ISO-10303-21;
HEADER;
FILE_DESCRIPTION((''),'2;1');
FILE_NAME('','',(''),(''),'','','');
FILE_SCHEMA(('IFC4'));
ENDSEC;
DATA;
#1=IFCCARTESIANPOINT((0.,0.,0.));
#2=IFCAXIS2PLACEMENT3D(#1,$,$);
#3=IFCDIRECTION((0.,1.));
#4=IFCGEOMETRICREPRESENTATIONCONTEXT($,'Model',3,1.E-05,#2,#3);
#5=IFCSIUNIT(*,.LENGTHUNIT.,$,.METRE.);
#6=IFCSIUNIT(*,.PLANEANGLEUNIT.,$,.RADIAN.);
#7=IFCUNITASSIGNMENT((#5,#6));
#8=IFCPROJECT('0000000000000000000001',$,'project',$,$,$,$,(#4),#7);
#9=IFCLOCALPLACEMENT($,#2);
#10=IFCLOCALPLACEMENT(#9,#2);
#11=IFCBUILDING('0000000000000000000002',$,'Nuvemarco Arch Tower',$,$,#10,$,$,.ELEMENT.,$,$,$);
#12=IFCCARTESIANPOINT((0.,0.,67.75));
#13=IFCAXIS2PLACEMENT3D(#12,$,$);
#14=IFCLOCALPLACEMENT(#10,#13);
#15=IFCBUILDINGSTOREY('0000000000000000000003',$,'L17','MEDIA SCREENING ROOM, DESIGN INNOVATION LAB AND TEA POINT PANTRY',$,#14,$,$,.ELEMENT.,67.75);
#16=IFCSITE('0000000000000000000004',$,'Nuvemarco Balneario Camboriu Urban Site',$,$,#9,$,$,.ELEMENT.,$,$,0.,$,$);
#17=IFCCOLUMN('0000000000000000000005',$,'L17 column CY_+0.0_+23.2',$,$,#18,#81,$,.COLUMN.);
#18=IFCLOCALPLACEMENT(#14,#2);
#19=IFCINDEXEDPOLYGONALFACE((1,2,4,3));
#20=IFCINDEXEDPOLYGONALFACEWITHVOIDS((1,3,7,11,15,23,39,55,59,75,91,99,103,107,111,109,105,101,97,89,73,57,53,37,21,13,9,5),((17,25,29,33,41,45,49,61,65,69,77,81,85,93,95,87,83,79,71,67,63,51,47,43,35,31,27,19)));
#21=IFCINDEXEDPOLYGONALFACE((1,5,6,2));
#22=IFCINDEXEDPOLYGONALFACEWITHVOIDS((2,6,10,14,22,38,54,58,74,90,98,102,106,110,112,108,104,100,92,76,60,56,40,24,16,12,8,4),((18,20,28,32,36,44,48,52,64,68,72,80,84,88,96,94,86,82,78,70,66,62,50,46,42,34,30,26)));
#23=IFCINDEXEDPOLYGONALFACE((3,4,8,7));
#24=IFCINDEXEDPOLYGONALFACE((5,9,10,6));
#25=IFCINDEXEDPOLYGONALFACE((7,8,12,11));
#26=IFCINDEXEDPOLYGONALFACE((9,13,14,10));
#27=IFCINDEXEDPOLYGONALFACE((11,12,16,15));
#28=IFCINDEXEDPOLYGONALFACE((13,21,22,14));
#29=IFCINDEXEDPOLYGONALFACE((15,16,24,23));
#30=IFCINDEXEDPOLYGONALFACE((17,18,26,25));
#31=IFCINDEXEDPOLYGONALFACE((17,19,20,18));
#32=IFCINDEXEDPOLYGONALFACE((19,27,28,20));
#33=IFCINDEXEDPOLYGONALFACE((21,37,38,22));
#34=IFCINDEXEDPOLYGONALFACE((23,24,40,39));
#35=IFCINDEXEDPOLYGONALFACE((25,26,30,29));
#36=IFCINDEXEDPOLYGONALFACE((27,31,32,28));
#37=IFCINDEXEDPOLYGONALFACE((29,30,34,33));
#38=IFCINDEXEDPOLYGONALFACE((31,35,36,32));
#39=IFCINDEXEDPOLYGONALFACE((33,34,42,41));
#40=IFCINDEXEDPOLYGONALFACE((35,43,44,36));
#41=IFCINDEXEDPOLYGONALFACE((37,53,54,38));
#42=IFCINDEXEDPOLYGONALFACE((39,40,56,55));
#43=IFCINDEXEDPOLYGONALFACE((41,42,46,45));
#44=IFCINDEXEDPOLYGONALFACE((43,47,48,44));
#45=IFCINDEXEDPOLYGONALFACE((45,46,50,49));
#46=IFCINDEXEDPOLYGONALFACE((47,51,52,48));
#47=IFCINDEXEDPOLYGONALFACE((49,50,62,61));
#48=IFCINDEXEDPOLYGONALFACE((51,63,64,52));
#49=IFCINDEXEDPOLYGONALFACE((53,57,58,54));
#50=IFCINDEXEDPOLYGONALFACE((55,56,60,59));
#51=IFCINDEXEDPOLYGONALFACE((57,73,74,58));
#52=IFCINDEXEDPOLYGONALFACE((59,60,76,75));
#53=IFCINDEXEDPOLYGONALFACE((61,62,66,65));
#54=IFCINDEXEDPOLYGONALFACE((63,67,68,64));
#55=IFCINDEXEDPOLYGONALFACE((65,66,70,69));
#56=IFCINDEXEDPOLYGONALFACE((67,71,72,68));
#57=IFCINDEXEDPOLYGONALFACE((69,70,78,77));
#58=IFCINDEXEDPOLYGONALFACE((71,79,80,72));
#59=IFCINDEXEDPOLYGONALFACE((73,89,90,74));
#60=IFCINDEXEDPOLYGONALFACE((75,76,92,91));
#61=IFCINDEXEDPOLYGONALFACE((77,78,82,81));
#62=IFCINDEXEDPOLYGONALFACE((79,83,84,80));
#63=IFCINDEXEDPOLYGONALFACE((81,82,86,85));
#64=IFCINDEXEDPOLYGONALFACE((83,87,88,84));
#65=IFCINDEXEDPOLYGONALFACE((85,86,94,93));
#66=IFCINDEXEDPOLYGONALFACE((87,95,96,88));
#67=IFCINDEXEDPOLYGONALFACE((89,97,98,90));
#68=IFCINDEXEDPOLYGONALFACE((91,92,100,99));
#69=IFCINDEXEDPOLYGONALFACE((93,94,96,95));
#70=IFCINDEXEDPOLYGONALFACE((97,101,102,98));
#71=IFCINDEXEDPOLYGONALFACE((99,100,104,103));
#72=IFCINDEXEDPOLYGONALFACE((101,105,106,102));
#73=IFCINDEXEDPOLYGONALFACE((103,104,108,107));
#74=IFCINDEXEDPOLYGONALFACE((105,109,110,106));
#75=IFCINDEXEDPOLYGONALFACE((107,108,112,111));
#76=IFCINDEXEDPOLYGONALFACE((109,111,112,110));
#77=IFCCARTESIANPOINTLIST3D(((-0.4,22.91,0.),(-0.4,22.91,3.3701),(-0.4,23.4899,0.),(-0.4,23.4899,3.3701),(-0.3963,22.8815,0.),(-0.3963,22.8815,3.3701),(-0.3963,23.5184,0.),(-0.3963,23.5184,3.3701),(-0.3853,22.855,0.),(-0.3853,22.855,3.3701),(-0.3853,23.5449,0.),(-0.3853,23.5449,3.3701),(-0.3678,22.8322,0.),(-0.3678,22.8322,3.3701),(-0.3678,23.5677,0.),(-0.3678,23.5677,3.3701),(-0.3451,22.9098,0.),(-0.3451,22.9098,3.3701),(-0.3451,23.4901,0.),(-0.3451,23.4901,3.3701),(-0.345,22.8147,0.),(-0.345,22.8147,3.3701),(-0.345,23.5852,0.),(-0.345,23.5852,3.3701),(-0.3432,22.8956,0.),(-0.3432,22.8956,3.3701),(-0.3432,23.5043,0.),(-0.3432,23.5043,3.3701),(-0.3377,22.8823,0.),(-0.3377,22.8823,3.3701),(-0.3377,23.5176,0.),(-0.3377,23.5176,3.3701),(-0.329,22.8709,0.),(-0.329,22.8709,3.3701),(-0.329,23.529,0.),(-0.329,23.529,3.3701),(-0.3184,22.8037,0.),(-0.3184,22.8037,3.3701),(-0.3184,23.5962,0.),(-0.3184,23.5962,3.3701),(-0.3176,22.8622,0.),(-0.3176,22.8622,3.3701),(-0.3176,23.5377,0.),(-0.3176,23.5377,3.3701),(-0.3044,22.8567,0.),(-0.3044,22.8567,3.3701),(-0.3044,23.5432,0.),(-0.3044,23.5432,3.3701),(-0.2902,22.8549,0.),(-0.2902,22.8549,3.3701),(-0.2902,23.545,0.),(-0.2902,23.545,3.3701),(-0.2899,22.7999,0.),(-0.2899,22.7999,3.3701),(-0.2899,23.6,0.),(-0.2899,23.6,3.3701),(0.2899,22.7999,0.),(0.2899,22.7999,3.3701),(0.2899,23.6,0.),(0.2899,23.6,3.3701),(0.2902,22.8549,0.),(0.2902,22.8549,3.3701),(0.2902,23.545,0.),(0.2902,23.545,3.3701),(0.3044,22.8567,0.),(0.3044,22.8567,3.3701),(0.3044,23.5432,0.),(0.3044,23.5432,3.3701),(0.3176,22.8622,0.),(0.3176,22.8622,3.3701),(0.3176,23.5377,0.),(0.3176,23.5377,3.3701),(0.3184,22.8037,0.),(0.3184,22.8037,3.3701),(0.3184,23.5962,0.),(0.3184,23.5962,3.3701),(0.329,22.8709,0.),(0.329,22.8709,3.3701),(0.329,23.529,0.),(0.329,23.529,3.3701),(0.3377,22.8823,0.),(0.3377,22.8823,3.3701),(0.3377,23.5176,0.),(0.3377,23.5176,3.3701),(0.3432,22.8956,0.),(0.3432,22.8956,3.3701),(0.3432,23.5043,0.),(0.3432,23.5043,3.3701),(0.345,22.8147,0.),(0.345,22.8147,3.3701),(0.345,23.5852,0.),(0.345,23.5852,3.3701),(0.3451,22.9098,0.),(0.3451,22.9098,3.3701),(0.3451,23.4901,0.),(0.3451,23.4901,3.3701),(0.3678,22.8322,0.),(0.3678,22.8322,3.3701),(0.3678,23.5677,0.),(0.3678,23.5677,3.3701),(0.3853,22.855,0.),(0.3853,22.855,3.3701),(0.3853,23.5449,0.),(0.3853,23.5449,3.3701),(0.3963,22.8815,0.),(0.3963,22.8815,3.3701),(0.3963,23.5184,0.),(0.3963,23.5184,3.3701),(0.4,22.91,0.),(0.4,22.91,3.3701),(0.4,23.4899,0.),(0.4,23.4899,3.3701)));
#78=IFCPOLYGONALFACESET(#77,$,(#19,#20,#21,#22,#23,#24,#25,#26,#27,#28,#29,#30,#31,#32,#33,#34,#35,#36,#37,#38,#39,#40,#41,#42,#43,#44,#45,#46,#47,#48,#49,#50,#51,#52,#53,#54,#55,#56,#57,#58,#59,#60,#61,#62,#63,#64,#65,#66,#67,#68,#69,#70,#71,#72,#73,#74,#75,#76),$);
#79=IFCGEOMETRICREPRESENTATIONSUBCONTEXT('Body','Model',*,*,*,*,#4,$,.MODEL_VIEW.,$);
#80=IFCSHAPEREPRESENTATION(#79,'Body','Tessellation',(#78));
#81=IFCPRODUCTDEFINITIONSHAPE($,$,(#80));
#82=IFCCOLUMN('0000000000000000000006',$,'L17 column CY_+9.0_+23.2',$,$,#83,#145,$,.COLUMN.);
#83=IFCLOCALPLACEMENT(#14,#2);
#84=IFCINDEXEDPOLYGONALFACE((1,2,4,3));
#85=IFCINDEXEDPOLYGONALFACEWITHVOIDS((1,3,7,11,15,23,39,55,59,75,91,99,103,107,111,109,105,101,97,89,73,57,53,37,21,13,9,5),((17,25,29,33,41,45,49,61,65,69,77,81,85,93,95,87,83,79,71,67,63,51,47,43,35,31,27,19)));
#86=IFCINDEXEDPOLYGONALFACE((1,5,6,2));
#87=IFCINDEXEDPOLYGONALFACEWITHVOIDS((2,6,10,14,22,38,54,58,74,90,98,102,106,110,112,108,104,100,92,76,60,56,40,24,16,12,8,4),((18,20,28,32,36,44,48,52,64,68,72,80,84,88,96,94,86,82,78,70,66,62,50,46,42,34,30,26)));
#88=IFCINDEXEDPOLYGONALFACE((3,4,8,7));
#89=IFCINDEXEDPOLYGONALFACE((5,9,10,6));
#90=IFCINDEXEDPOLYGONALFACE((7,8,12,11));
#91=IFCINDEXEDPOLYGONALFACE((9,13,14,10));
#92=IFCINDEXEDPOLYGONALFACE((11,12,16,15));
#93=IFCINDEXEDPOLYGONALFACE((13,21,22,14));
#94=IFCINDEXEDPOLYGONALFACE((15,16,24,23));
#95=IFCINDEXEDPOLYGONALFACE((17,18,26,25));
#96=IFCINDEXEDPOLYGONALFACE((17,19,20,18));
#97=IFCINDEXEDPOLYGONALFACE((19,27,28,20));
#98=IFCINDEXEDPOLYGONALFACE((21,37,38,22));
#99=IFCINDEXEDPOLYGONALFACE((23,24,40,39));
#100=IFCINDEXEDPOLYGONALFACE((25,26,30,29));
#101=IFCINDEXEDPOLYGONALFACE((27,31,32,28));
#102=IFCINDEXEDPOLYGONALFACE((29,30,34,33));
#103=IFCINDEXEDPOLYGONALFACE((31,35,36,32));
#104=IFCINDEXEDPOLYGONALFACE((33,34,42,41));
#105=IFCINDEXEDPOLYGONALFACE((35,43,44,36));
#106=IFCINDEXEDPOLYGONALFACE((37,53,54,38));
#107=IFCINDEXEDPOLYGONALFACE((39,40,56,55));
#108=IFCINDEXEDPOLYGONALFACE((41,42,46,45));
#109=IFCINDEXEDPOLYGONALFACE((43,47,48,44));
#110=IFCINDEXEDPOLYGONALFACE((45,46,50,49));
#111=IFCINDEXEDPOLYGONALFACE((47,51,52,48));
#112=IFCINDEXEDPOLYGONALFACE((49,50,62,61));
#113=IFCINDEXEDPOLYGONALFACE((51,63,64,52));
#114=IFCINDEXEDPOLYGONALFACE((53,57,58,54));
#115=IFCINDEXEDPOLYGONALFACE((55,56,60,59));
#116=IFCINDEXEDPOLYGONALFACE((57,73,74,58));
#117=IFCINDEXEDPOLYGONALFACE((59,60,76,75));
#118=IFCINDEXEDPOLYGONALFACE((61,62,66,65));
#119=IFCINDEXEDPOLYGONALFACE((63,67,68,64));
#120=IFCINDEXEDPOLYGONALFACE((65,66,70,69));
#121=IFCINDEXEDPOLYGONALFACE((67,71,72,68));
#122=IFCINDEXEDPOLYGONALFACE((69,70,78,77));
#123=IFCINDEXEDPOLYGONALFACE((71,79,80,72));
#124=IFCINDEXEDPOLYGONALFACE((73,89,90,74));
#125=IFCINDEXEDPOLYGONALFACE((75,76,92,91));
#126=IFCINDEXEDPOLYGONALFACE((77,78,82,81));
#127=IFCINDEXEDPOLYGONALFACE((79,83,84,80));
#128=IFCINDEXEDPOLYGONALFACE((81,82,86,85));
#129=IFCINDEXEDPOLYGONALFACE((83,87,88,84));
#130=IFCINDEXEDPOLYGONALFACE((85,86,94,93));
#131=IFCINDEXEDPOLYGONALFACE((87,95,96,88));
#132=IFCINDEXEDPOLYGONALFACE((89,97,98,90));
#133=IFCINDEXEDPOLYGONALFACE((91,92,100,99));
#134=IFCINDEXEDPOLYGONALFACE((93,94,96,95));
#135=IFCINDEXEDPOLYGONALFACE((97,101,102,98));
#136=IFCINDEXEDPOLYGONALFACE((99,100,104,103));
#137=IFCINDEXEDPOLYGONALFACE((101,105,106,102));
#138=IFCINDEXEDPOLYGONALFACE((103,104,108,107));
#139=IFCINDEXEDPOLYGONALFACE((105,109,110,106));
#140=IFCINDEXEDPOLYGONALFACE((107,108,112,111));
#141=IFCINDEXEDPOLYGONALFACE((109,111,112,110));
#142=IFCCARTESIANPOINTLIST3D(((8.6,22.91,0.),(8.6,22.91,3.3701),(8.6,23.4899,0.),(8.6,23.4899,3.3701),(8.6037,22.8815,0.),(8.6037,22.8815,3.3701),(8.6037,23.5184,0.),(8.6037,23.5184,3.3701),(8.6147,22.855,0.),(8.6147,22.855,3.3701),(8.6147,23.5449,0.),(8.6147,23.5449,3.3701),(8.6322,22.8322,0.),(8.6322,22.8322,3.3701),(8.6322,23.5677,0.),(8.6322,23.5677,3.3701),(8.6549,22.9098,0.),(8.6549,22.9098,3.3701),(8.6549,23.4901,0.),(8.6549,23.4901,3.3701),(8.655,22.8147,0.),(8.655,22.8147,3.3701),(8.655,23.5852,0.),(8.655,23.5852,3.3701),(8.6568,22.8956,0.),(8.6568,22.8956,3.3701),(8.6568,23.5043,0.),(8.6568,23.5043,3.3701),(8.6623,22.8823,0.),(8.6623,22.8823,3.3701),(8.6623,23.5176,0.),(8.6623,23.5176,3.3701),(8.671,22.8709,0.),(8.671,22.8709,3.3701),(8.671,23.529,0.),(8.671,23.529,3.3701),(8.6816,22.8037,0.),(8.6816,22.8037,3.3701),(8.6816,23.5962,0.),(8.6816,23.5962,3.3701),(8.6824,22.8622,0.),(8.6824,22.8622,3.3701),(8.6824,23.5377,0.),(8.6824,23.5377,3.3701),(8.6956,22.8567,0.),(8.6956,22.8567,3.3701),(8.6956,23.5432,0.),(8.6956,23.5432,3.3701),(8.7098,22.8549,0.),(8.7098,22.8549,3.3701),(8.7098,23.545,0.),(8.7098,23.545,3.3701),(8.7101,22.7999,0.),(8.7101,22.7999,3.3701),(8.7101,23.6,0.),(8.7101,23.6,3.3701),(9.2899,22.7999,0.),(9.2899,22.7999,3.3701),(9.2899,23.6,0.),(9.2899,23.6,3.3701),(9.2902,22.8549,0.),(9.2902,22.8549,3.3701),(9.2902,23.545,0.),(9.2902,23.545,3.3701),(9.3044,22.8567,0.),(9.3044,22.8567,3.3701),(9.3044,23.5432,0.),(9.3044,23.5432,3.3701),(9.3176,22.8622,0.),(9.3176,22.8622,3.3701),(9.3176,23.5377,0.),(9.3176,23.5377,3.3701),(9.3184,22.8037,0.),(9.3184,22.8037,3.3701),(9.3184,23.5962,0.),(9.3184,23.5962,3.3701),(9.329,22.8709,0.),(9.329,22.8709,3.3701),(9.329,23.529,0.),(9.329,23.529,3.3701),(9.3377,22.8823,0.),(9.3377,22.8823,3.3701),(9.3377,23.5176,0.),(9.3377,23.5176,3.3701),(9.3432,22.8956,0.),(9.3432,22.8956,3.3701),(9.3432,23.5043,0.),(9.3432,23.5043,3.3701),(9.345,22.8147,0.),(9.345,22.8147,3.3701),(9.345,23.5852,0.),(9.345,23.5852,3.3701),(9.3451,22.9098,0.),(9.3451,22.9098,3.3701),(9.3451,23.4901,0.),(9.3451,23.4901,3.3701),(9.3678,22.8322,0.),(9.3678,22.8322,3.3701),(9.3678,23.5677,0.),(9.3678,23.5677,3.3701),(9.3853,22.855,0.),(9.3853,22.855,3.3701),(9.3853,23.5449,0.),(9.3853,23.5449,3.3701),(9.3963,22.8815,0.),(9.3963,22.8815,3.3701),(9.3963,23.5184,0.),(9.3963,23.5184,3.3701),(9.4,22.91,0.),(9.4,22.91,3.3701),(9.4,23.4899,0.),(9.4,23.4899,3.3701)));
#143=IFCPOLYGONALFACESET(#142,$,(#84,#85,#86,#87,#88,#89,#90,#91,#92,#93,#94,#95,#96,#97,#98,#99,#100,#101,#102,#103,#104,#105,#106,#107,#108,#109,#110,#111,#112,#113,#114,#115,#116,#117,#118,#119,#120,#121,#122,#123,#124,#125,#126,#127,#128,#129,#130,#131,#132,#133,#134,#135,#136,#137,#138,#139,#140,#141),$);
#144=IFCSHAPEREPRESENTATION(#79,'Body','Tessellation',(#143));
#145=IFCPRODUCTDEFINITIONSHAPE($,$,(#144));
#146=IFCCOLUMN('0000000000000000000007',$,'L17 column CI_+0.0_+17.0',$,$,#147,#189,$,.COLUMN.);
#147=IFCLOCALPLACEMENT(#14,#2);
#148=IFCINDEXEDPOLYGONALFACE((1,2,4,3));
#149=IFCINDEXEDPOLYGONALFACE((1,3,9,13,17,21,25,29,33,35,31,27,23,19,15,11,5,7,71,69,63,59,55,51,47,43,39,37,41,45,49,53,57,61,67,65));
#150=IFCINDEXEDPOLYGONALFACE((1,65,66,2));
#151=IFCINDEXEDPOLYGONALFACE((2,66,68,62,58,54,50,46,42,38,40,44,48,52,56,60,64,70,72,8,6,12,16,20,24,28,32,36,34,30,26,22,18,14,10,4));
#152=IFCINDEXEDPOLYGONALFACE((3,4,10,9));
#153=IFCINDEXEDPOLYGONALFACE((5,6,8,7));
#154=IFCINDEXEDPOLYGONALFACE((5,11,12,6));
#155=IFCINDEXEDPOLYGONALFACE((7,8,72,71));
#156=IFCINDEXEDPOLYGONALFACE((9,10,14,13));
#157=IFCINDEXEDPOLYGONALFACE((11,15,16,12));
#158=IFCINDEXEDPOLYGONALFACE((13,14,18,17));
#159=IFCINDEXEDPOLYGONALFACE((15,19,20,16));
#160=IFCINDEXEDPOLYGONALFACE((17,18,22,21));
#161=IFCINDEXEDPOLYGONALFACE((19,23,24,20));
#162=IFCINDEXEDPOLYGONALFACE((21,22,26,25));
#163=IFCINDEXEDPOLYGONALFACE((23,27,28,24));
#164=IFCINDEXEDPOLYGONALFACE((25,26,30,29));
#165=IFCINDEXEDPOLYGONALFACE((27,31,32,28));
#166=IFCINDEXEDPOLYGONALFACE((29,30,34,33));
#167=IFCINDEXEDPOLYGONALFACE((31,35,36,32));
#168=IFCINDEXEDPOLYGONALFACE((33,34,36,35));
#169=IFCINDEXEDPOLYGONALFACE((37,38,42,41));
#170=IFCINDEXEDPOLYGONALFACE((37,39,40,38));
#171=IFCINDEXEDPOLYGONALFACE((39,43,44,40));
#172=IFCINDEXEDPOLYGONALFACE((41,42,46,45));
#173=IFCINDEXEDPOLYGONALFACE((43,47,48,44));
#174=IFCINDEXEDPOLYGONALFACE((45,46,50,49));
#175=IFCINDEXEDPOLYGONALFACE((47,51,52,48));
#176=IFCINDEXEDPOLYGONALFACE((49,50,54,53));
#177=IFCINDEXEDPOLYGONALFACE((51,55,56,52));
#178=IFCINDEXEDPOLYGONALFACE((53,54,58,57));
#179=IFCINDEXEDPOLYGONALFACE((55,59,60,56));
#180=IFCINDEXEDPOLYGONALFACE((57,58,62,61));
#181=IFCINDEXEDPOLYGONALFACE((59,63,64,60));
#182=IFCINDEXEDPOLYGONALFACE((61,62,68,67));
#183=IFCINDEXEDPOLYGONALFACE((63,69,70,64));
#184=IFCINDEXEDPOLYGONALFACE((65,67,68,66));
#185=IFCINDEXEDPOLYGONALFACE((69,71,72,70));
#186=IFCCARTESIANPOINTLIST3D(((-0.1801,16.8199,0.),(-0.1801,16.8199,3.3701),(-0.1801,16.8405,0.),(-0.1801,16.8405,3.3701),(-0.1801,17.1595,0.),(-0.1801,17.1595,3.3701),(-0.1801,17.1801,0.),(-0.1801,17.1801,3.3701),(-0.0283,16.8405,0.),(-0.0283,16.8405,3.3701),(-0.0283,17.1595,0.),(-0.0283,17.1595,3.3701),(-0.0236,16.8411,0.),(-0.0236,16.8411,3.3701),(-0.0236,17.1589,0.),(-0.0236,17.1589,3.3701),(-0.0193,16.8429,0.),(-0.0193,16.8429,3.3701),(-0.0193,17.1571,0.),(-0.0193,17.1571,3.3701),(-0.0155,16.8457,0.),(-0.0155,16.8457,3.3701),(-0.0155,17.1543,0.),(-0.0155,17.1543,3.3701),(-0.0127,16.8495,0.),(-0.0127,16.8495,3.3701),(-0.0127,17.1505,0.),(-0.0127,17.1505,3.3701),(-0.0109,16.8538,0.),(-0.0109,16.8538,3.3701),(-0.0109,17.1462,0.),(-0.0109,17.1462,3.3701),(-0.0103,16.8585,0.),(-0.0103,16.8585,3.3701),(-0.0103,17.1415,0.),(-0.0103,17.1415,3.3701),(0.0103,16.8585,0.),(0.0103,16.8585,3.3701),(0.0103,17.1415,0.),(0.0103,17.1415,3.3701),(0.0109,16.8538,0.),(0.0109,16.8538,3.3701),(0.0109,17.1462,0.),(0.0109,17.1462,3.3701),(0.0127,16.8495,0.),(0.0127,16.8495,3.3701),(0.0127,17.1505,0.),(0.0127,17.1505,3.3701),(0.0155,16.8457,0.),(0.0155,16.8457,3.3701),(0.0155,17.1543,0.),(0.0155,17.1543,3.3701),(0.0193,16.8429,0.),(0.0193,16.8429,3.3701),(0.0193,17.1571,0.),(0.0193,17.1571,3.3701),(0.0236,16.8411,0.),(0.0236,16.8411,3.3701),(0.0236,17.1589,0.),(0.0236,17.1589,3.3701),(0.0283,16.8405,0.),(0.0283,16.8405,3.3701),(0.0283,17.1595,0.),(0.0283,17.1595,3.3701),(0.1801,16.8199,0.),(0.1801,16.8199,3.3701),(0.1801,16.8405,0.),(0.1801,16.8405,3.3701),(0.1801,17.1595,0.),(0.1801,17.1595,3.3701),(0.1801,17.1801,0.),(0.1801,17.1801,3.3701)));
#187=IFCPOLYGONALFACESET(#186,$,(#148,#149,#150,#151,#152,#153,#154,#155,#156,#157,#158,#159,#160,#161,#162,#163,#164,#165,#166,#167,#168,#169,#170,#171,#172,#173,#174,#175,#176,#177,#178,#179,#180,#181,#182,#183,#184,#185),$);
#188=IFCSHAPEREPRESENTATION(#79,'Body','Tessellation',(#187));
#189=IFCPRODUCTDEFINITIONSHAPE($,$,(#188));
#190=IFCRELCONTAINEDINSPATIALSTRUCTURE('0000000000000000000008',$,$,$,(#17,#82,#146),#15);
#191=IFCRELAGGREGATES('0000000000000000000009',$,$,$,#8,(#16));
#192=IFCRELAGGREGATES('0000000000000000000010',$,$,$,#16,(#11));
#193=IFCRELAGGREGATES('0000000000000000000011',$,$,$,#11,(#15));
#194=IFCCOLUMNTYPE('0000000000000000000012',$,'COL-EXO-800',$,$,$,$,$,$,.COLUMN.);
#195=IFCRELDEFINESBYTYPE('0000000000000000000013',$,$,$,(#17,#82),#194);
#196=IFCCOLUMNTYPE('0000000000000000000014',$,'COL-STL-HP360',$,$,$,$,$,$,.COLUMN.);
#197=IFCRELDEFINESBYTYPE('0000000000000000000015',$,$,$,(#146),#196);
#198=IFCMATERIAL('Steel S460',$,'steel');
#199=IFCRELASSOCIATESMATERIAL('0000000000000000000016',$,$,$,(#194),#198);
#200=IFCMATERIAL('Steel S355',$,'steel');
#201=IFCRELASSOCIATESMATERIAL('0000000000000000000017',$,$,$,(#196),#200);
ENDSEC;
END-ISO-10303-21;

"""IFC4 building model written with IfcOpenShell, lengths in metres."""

from ifc_helpers import new_model, si_unit, direction, frame, origin, origin_2d, place, context, subcontext, project, spatial, hollow_rectangle, i_section, extrude, material, material_profile, profile_set, type_object, element, save


model = new_model("IFC4")

# Units and contexts
model_context = context("Model", 3, precision=1e-05, world=origin(), true_north=direction((0.0, 1.0)))
body_context = subcontext(model_context, "Body", "Model", "MODEL_VIEW")
ifc_project = project(units=[si_unit("LENGTHUNIT", "METRE"), si_unit("PLANEANGLEUNIT", "RADIAN")], contexts=[model_context])

# Site, building, storey
site_placement = place(None, origin())
site = spatial("IfcSite", under=ifc_project, at=site_placement, Name="Nuvemarco Balneario Camboriu Urban Site", CompositionType="ELEMENT", RefElevation=0.0)
building_placement = place(site_placement, origin())
building = spatial("IfcBuilding", under=site, at=building_placement, Name="Nuvemarco Arch Tower", CompositionType="ELEMENT")
storey_placement = place(building_placement, frame((0.0, 0.0, 67.75)))
storey = spatial("IfcBuildingStorey", under=building, at=storey_placement, Name="L17", Description="MEDIA SCREENING ROOM, DESIGN INNOVATION LAB AND TEA POINT PANTRY", CompositionType="ELEMENT", Elevation=67.75)

# Columns
ifc_material_1 = material(Name="Steel S460", Category="steel")
ifc_material_profile_1 = material_profile(ifc_material_1, hollow_rectangle(XDim=0.8, YDim=0.8, WallThickness=0.0549, InnerFilletRadius=0.0549, OuterFilletRadius=0.1101, at=origin_2d()), Name="SHS800x800x55")
ifc_profile_set_1 = profile_set([ifc_material_profile_1], Name="Steel S460")
column_type_1 = type_object("IfcColumnType", Name="COL-EXO-800", PredefinedType="COLUMN", material=ifc_profile_set_1)
for number, where, z_axis, x_axis, name in (
    (1, (0.0, 23.2, 0.0), (0.0, 0.0, 1.0), (1.0, 0.0, 0.0), "L17 column CY_+0.0_+23.2"),
    (2, (9.0, 23.2, 0.0), (0.0, 0.0, 1.0), (1.0, 0.0, 0.0), "L17 column CY_+9.0_+23.2"),
):
    element("IfcColumn", number, at=place(storey_placement, frame(where, z_axis=z_axis, x_axis=x_axis)), inside=storey, type_object=column_type_1, Name=name, PredefinedType="COLUMN", context=body_context, shape_type="SweptSolid", body=[
        extrude(hollow_rectangle(XDim=0.8, YDim=0.8, WallThickness=0.0549, InnerFilletRadius=0.0549, OuterFilletRadius=0.1101, at=origin_2d()), origin(), (0.0, 0.0, 1.0), 3.3701),
    ])
ifc_material_2 = material(Name="Steel S355", Category="steel")
ifc_material_profile_2 = material_profile(ifc_material_2, i_section(OverallWidth=0.3601, OverallDepth=0.3601, WebThickness=0.0205, FlangeThickness=0.0205, FilletRadius=0.0181, at=origin_2d()), Name="HP360x174")
ifc_profile_set_2 = profile_set([ifc_material_profile_2], Name="Steel S355")
column_type_2 = type_object("IfcColumnType", Name="COL-STL-HP360", PredefinedType="COLUMN", material=ifc_profile_set_2)
for number, where, z_axis, x_axis, name in (
    (3, (0.0, 17.0, 0.0), (0.0, 0.0, 1.0), (1.0, 0.0, 0.0), "L17 column CI_+0.0_+17.0"),
):
    element("IfcColumn", number, at=place(storey_placement, frame(where, z_axis=z_axis, x_axis=x_axis)), inside=storey, type_object=column_type_2, Name=name, PredefinedType="COLUMN", context=body_context, shape_type="SweptSolid", body=[
        extrude(i_section(OverallWidth=0.3601, OverallDepth=0.3601, WebThickness=0.0205, FlangeThickness=0.0205, FilletRadius=0.0181, at=origin_2d()), origin(), (0.0, 0.0, 1.0), 3.3701),
    ])

save(model, "model.ifc")
